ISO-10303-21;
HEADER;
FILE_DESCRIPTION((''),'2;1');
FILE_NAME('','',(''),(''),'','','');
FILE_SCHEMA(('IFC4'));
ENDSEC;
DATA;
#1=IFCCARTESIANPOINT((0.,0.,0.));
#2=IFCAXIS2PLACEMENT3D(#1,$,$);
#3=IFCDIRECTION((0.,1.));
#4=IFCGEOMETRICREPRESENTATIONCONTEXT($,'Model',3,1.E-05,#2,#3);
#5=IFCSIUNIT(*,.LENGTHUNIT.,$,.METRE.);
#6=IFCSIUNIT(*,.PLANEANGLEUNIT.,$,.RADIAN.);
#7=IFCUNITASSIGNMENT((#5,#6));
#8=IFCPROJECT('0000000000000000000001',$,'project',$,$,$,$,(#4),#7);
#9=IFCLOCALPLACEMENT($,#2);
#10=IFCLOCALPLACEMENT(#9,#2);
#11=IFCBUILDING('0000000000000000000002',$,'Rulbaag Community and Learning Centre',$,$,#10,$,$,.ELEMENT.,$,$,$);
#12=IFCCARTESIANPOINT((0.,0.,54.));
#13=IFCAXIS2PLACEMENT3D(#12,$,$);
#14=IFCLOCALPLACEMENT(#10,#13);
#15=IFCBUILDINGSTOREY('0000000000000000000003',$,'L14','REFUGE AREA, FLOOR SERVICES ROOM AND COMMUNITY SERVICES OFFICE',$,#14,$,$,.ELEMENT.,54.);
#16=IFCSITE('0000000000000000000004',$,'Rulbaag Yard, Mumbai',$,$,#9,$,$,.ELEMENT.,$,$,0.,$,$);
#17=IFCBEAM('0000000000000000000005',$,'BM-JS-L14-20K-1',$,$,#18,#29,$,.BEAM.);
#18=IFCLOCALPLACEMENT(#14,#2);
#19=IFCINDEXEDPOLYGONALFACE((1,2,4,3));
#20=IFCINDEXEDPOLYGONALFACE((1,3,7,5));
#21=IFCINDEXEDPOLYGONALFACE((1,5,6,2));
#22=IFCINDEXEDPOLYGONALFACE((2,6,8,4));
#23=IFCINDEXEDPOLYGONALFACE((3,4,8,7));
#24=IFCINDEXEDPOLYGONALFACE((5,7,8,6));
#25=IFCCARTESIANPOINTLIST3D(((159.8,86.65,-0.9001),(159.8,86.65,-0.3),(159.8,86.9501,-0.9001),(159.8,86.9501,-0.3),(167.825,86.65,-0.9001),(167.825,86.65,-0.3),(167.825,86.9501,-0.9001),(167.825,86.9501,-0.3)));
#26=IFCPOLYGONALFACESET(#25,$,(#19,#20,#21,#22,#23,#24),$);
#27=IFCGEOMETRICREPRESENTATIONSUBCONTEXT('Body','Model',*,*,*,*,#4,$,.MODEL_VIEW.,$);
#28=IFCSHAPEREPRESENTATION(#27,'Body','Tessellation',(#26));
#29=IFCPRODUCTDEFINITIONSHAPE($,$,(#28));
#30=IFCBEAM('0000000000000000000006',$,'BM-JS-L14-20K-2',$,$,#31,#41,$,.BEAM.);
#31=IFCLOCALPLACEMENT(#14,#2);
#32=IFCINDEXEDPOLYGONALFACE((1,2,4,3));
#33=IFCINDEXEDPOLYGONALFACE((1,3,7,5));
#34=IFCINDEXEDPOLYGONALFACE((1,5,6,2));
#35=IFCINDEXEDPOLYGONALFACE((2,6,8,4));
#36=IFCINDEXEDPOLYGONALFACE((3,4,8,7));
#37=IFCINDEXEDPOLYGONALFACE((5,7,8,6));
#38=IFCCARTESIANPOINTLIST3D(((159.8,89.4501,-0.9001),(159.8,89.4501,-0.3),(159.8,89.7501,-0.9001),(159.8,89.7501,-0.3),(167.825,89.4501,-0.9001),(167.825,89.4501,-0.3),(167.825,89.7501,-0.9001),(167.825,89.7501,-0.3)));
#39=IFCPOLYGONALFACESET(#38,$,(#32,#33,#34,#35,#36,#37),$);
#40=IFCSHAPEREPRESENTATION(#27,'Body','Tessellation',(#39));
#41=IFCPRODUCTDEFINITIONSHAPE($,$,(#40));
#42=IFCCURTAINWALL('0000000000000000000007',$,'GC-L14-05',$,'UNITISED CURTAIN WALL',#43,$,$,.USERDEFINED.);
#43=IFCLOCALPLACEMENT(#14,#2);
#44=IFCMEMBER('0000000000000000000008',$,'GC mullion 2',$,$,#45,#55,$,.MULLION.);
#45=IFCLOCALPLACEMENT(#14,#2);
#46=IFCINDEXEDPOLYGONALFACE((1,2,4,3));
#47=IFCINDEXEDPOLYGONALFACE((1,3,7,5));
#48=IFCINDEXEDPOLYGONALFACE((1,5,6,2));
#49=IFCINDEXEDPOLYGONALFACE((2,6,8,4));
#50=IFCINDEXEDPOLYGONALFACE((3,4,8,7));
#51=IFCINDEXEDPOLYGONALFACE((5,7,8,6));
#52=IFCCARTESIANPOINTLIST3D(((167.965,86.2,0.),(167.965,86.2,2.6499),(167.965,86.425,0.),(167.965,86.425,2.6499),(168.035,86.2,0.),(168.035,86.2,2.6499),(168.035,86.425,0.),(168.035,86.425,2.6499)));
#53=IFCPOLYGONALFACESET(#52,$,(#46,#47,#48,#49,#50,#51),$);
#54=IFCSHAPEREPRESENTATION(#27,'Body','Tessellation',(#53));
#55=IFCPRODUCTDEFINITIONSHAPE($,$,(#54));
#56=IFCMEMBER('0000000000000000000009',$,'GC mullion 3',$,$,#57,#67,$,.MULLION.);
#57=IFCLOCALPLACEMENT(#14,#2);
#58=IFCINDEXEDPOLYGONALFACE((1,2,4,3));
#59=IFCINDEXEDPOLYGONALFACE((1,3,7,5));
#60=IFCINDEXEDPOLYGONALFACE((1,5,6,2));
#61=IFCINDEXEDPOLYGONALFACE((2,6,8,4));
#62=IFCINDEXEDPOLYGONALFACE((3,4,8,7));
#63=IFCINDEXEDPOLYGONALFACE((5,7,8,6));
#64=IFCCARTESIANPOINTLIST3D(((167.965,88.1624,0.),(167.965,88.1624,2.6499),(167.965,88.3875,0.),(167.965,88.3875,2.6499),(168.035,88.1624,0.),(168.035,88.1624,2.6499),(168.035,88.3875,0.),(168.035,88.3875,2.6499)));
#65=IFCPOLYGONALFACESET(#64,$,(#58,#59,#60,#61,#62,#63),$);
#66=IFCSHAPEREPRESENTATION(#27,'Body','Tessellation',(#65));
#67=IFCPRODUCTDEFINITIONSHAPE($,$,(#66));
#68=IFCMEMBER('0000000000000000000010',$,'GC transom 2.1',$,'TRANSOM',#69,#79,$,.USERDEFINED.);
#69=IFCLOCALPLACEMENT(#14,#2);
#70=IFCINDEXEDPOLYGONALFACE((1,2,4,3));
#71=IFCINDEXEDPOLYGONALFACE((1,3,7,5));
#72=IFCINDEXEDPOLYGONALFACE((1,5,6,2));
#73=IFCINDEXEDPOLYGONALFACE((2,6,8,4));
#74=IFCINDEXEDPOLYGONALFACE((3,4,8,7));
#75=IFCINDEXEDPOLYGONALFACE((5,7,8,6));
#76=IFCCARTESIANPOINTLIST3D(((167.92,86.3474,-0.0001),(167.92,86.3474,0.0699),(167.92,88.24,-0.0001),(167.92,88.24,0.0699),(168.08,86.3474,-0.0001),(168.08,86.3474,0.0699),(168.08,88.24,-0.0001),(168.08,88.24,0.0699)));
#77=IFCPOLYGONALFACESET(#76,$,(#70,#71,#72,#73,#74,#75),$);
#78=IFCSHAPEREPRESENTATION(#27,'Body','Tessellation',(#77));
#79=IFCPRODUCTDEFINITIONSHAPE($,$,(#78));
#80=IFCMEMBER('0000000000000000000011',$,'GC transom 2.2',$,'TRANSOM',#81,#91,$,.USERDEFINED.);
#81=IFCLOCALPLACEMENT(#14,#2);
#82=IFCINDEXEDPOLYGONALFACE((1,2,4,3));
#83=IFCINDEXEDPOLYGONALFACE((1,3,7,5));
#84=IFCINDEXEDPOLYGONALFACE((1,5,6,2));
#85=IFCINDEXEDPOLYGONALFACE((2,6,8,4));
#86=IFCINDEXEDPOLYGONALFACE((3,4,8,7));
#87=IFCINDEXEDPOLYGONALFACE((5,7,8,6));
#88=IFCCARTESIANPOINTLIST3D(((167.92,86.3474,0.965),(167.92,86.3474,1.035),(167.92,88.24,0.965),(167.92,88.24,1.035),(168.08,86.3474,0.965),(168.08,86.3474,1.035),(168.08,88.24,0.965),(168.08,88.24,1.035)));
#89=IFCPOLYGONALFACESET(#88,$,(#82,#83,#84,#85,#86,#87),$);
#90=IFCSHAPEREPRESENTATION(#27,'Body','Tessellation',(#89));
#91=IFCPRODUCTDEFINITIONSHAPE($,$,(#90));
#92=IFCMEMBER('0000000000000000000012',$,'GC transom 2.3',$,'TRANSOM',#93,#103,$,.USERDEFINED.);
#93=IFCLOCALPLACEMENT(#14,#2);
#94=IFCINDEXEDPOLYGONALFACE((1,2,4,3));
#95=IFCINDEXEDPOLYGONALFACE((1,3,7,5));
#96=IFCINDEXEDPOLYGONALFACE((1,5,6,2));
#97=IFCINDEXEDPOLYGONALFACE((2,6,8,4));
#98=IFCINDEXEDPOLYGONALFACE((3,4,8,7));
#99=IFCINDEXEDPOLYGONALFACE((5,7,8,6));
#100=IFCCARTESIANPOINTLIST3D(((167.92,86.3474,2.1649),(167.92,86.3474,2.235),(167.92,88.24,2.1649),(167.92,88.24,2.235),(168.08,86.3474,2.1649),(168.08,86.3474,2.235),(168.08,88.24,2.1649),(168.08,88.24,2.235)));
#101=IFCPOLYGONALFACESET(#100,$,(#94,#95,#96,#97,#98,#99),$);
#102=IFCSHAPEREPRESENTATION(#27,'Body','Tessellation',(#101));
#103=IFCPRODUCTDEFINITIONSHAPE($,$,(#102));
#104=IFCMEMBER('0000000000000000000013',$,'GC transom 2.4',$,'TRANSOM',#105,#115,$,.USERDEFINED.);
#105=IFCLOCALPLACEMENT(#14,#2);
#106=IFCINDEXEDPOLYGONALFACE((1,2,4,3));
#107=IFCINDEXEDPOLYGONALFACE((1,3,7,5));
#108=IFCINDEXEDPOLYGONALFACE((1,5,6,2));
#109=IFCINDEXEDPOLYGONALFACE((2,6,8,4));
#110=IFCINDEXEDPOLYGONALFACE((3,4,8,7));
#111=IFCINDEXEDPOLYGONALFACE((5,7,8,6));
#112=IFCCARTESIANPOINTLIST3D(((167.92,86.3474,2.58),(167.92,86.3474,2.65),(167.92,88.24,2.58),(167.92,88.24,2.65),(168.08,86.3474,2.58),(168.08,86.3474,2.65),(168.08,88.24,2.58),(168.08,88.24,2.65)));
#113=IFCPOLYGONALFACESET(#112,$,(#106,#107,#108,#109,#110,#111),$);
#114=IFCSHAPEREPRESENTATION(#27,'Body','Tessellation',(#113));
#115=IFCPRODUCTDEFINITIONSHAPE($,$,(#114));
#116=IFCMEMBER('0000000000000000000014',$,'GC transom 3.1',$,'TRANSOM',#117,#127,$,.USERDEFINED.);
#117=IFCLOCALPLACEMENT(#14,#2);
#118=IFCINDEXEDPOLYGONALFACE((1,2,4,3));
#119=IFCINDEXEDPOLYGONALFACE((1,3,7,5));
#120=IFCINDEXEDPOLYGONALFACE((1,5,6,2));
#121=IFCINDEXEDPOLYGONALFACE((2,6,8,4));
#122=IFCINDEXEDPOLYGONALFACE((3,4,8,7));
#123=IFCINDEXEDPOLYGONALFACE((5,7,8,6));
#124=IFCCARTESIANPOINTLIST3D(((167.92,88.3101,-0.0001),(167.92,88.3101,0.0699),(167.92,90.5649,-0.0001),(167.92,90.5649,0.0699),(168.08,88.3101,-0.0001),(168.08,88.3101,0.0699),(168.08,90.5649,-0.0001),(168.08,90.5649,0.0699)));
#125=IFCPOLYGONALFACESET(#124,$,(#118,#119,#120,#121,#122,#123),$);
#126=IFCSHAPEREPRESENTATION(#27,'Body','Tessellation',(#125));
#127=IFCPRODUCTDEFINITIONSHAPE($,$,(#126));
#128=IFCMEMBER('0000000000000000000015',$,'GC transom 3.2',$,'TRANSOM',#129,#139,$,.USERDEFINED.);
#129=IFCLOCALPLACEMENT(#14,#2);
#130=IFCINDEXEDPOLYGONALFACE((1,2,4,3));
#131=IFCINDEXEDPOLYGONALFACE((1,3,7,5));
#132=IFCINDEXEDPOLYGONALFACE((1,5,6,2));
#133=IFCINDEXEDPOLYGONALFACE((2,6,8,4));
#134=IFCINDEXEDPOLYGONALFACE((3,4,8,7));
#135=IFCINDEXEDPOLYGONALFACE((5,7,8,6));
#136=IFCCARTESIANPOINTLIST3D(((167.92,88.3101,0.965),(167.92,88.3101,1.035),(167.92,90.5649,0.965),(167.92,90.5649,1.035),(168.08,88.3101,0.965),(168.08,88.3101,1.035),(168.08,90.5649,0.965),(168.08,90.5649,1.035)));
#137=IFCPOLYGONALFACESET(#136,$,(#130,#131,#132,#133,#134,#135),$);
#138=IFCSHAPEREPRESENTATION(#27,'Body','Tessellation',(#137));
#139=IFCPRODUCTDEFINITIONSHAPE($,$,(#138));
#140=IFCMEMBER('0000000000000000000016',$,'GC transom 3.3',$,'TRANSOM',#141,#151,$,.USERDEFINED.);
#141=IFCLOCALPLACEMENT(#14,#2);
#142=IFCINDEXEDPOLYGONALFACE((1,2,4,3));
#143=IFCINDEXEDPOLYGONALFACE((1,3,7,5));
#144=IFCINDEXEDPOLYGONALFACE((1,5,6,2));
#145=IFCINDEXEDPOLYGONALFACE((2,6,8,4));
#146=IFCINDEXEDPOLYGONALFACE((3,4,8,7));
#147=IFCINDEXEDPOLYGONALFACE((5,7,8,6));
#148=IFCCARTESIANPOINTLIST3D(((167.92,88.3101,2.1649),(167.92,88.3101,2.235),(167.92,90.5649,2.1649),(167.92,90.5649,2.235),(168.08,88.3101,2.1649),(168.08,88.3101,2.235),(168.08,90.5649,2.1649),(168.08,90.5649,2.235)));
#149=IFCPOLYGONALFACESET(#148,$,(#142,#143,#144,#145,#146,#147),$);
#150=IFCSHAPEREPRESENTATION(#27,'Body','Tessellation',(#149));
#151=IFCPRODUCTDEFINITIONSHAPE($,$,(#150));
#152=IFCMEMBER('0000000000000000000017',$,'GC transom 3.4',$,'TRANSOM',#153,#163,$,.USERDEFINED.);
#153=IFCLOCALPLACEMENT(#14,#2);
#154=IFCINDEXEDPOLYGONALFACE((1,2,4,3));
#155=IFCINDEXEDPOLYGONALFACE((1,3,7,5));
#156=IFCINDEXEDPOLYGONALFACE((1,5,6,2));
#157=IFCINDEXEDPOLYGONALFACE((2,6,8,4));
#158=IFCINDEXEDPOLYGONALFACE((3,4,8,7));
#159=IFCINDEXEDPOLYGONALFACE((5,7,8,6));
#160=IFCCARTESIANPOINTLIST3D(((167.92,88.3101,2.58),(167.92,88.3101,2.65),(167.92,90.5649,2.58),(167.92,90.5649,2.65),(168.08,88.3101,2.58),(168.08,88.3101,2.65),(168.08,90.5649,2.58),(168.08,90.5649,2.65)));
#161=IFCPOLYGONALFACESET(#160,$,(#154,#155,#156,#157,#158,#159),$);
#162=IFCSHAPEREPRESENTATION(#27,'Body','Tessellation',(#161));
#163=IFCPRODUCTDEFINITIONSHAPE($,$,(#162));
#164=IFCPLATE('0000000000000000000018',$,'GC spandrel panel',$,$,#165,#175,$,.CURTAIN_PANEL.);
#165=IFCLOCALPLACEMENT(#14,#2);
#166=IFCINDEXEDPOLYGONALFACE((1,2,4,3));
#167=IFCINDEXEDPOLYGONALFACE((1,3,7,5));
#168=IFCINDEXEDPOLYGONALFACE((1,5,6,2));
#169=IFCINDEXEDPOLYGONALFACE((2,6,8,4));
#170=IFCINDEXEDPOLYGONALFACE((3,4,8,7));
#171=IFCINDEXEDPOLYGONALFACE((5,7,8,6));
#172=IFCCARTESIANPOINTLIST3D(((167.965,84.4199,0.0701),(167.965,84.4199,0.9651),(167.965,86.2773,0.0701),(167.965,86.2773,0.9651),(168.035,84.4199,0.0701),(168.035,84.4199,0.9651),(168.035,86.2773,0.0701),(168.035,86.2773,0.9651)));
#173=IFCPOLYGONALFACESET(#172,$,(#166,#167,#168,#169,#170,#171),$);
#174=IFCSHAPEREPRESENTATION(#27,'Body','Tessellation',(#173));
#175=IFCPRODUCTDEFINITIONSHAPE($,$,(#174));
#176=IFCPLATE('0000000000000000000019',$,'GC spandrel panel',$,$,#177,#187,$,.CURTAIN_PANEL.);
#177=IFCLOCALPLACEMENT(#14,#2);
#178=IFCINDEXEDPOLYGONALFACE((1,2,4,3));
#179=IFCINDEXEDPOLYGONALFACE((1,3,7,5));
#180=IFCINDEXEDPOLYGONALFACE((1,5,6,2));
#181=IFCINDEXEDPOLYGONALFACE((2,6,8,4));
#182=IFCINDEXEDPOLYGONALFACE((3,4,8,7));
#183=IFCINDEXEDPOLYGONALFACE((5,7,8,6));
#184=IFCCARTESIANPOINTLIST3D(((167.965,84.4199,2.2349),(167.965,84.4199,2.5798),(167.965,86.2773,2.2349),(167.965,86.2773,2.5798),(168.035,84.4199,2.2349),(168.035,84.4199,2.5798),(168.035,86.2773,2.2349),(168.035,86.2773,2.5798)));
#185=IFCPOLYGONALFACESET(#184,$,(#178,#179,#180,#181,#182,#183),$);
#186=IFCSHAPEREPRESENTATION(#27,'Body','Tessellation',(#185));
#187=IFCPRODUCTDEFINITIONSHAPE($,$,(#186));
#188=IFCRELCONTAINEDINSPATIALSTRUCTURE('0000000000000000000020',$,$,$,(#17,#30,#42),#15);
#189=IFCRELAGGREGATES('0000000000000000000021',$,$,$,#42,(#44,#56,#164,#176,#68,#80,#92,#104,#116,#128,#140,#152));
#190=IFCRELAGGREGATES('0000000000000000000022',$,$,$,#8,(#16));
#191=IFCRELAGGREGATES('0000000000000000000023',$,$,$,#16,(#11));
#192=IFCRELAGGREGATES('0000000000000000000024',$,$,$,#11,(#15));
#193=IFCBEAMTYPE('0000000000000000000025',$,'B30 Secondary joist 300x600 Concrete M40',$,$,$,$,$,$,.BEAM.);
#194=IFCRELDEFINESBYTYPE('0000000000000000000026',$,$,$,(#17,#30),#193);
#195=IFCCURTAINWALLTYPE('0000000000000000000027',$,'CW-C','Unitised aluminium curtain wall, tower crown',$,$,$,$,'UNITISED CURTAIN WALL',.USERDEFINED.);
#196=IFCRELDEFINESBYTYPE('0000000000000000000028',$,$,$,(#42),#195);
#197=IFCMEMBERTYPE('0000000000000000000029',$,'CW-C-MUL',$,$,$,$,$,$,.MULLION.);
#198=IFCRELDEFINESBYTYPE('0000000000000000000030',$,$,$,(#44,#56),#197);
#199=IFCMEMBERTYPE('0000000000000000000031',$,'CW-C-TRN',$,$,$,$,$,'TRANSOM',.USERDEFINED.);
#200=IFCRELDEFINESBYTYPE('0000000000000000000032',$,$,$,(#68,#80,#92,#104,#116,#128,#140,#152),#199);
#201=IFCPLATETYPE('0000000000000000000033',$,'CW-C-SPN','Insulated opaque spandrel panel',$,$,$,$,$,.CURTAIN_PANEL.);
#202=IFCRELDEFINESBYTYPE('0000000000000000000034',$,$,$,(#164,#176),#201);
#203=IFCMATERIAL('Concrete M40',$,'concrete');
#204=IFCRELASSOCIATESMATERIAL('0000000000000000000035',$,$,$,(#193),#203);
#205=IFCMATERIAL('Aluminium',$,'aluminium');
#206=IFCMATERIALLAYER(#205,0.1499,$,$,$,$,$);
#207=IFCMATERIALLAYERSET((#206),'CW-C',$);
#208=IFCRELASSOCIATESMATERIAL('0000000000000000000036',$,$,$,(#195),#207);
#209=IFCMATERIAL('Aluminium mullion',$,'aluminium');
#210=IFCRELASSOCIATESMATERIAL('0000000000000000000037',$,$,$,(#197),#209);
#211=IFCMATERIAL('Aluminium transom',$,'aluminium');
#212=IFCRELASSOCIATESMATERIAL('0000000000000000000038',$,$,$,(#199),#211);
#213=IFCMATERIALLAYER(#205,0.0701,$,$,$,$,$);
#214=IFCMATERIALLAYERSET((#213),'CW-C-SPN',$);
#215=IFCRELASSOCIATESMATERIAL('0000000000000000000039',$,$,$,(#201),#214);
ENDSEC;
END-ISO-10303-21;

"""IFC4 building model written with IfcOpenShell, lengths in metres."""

from ifc_helpers import new_model, si_unit, direction, frame, origin, origin_2d, place, context, subcontext, project, spatial, rectangle, extrude, material, layer, layer_set, material_profile, profile_set, type_object, element, aggregate, save


model = new_model("IFC4")

# Units and contexts
model_context = context("Model", 3, precision=1e-05, world=origin(), true_north=direction((0.0, 1.0)))
body_context = subcontext(model_context, "Body", "Model", "MODEL_VIEW")
ifc_project = project(units=[si_unit("LENGTHUNIT", "METRE"), si_unit("PLANEANGLEUNIT", "RADIAN")], contexts=[model_context])

# Site, building, storey
site_placement = place(None, origin())
site = spatial("IfcSite", under=ifc_project, at=site_placement, Name="Rulbaag Yard, Mumbai", CompositionType="ELEMENT", RefElevation=0.0)
building_placement = place(site_placement, origin())
building = spatial("IfcBuilding", under=site, at=building_placement, Name="Rulbaag Community and Learning Centre", CompositionType="ELEMENT")
storey_placement = place(building_placement, frame((0.0, 0.0, 54.0)))
storey = spatial("IfcBuildingStorey", under=building, at=storey_placement, Name="L14", Description="REFUGE AREA, FLOOR SERVICES ROOM AND COMMUNITY SERVICES OFFICE", CompositionType="ELEMENT", Elevation=54.0)

# Beams
ifc_material_1 = material(Name="Concrete M40", Category="concrete")
ifc_material_profile_1 = material_profile(ifc_material_1, rectangle(XDim=0.3, YDim=0.6001, at=origin_2d()), Name="RB300x600")
ifc_profile_set_1 = profile_set([ifc_material_profile_1], Name="Concrete M40")
beam_type = type_object("IfcBeamType", Name="B30 Secondary joist 300x600 Concrete M40", PredefinedType="BEAM", material=ifc_profile_set_1)
for number, where, z_axis, x_axis, name in (
    (1, (159.8, 86.8, -0.6001), (1.0, 0.0, 0.0), (0.0, 1.0, 0.0), "BM-JS-L14-20K-1"),
    (2, (159.8, 89.6001, -0.6001), (1.0, 0.0, 0.0), (0.0, 1.0, 0.0), "BM-JS-L14-20K-2"),
):
    element("IfcBeam", number, at=place(storey_placement, frame(where, z_axis=z_axis, x_axis=x_axis)), inside=storey, type_object=beam_type, Name=name, PredefinedType="BEAM", context=body_context, shape_type="SweptSolid", body=[
        extrude(rectangle(XDim=0.3, YDim=0.6001, at=origin_2d()), origin(), (0.0, 0.0, 1.0), 8.0249),
    ])

# Curtain wall, members, plates
ifc_material_2 = material(Name="Aluminium", Category="aluminium")
ifc_layer_1 = layer(ifc_material_2, 0.1499)
ifc_layer_set_1 = layer_set([ifc_layer_1], Name="CW-C")
curtain_wall_type = type_object("IfcCurtainWallType", Name="CW-C", Description="Unitised aluminium curtain wall, tower crown", ElementType="UNITISED CURTAIN WALL", PredefinedType="USERDEFINED", material=ifc_layer_set_1)
curtain_wall_placement = place(storey_placement, origin())
curtain_wall = element("IfcCurtainWall", 3, at=curtain_wall_placement, inside=storey, type_object=curtain_wall_type, Name="GC-L14-05", ObjectType="UNITISED CURTAIN WALL", PredefinedType="USERDEFINED")
ifc_material_3 = material(Name="Aluminium mullion", Category="aluminium")
ifc_material_profile_2 = material_profile(ifc_material_3, rectangle(XDim=0.0701, YDim=0.2251, at=origin_2d()), Name="AL 70x225")
ifc_profile_set_2 = profile_set([ifc_material_profile_2], Name="Aluminium mullion")
member_type_1 = type_object("IfcMemberType", Name="CW-C-MUL", PredefinedType="MULLION", material=ifc_profile_set_2)
member_1_placement = place(storey_placement, frame((168.0, 86.3125, 0.0), z_axis=(0.0, 0.0, 1.0), x_axis=(-1.0, 0.0, 0.0)))
member_1 = element("IfcMember", 4, at=member_1_placement, type_object=member_type_1, Name="GC mullion 2", PredefinedType="MULLION", context=body_context, shape_type="SweptSolid", body=[
    extrude(rectangle(XDim=0.0701, YDim=0.2251, at=origin_2d()), origin(), (0.0, 0.0, 1.0), 2.6499),
])
member_2_placement = place(storey_placement, frame((168.0, 88.2749, 0.0), z_axis=(0.0, 0.0, 1.0), x_axis=(-1.0, 0.0, 0.0)))
member_2 = element("IfcMember", 5, at=member_2_placement, type_object=member_type_1, Name="GC mullion 3", PredefinedType="MULLION", context=body_context, shape_type="SweptSolid", body=[
    extrude(rectangle(XDim=0.0701, YDim=0.2251, at=origin_2d()), origin(), (0.0, 0.0, 1.0), 2.6499),
])
ifc_material_4 = material(Name="Aluminium transom", Category="aluminium")
ifc_material_profile_3 = material_profile(ifc_material_4, rectangle(XDim=0.1599, YDim=0.0701, at=origin_2d()), Name="AL 70x160 T")
ifc_profile_set_3 = profile_set([ifc_material_profile_3], Name="Aluminium transom")
member_type_2 = type_object("IfcMemberType", Name="CW-C-TRN", ElementType="TRANSOM", PredefinedType="USERDEFINED", material=ifc_profile_set_3)
member_3_placement = place(storey_placement, frame((168.0, 86.3474, 0.0349), z_axis=(0.0, 1.0, 0.0), x_axis=(-1.0, 0.0, 0.0)))
member_3 = element("IfcMember", 6, at=member_3_placement, type_object=member_type_2, Name="GC transom 2.1", ObjectType="TRANSOM", PredefinedType="USERDEFINED", context=body_context, shape_type="SweptSolid", body=[
    extrude(rectangle(XDim=0.1599, YDim=0.0701, at=origin_2d()), origin(), (0.0, 0.0, 1.0), 1.8926),
])
member_4_placement = place(storey_placement, frame((168.0, 86.3474, 1.0), z_axis=(0.0, 1.0, 0.0), x_axis=(-1.0, 0.0, 0.0)))
member_4 = element("IfcMember", 7, at=member_4_placement, type_object=member_type_2, Name="GC transom 2.2", ObjectType="TRANSOM", PredefinedType="USERDEFINED", context=body_context, shape_type="SweptSolid", body=[
    extrude(rectangle(XDim=0.1599, YDim=0.0701, at=origin_2d()), origin(), (0.0, 0.0, 1.0), 1.8926),
])
member_5_placement = place(storey_placement, frame((168.0, 86.3474, 2.2), z_axis=(0.0, 1.0, 0.0), x_axis=(-1.0, 0.0, 0.0)))
member_5 = element("IfcMember", 8, at=member_5_placement, type_object=member_type_2, Name="GC transom 2.3", ObjectType="TRANSOM", PredefinedType="USERDEFINED", context=body_context, shape_type="SweptSolid", body=[
    extrude(rectangle(XDim=0.1599, YDim=0.0701, at=origin_2d()), origin(), (0.0, 0.0, 1.0), 1.8926),
])
member_6_placement = place(storey_placement, frame((168.0, 86.3474, 2.615), z_axis=(0.0, 1.0, 0.0), x_axis=(-1.0, 0.0, 0.0)))
member_6 = element("IfcMember", 9, at=member_6_placement, type_object=member_type_2, Name="GC transom 2.4", ObjectType="TRANSOM", PredefinedType="USERDEFINED", context=body_context, shape_type="SweptSolid", body=[
    extrude(rectangle(XDim=0.1599, YDim=0.0701, at=origin_2d()), origin(), (0.0, 0.0, 1.0), 1.8926),
])
member_7_placement = place(storey_placement, frame((168.0, 88.3101, 0.0349), z_axis=(0.0, 1.0, 0.0), x_axis=(-1.0, 0.0, 0.0)))
member_7 = element("IfcMember", 10, at=member_7_placement, type_object=member_type_2, Name="GC transom 3.1", ObjectType="TRANSOM", PredefinedType="USERDEFINED", context=body_context, shape_type="SweptSolid", body=[
    extrude(rectangle(XDim=0.1599, YDim=0.0701, at=origin_2d()), origin(), (0.0, 0.0, 1.0), 2.2549),
])
member_8_placement = place(storey_placement, frame((168.0, 88.3101, 1.0), z_axis=(0.0, 1.0, 0.0), x_axis=(-1.0, 0.0, 0.0)))
member_8 = element("IfcMember", 11, at=member_8_placement, type_object=member_type_2, Name="GC transom 3.2", ObjectType="TRANSOM", PredefinedType="USERDEFINED", context=body_context, shape_type="SweptSolid", body=[
    extrude(rectangle(XDim=0.1599, YDim=0.0701, at=origin_2d()), origin(), (0.0, 0.0, 1.0), 2.2549),
])
member_9_placement = place(storey_placement, frame((168.0, 88.3101, 2.2), z_axis=(0.0, 1.0, 0.0), x_axis=(-1.0, 0.0, 0.0)))
member_9 = element("IfcMember", 12, at=member_9_placement, type_object=member_type_2, Name="GC transom 3.3", ObjectType="TRANSOM", PredefinedType="USERDEFINED", context=body_context, shape_type="SweptSolid", body=[
    extrude(rectangle(XDim=0.1599, YDim=0.0701, at=origin_2d()), origin(), (0.0, 0.0, 1.0), 2.2549),
])
member_10_placement = place(storey_placement, frame((168.0, 88.3101, 2.615), z_axis=(0.0, 1.0, 0.0), x_axis=(-1.0, 0.0, 0.0)))
member_10 = element("IfcMember", 13, at=member_10_placement, type_object=member_type_2, Name="GC transom 3.4", ObjectType="TRANSOM", PredefinedType="USERDEFINED", context=body_context, shape_type="SweptSolid", body=[
    extrude(rectangle(XDim=0.1599, YDim=0.0701, at=origin_2d()), origin(), (0.0, 0.0, 1.0), 2.2549),
])
ifc_layer_2 = layer(ifc_material_2, 0.0701)
ifc_layer_set_2 = layer_set([ifc_layer_2], Name="CW-C-SPN")
plate_type_1 = type_object("IfcPlateType", Name="CW-C-SPN", Description="Insulated opaque spandrel panel", PredefinedType="CURTAIN_PANEL", material=ifc_layer_set_2)
plate_1_placement = place(storey_placement, frame((168.0, 85.3486, 0.0701), z_axis=(0.0, 0.0, 1.0), x_axis=(0.0, 1.0, 0.0)))
plate_1 = element("IfcPlate", 14, at=plate_1_placement, type_object=plate_type_1, Name="GC spandrel panel", PredefinedType="CURTAIN_PANEL", context=body_context, shape_type="SweptSolid", body=[
    extrude(rectangle(XDim=1.8574, YDim=0.0701, at=origin_2d()), origin(), (0.0, 0.0, 1.0), 0.895),
])
plate_2_placement = place(storey_placement, frame((168.0, 85.3486, 2.2349), z_axis=(0.0, 0.0, 1.0), x_axis=(0.0, 1.0, 0.0)))
plate_2 = element("IfcPlate", 15, at=plate_2_placement, type_object=plate_type_1, Name="GC spandrel panel", PredefinedType="CURTAIN_PANEL", context=body_context, shape_type="SweptSolid", body=[
    extrude(rectangle(XDim=1.8574, YDim=0.0701, at=origin_2d()), origin(), (0.0, 0.0, 1.0), 0.345),
])
aggregate(curtain_wall, [member_1, member_2, plate_1, plate_2, member_3, member_4, member_5, member_6, member_7, member_8, member_9, member_10])

save(model, "model.ifc")
